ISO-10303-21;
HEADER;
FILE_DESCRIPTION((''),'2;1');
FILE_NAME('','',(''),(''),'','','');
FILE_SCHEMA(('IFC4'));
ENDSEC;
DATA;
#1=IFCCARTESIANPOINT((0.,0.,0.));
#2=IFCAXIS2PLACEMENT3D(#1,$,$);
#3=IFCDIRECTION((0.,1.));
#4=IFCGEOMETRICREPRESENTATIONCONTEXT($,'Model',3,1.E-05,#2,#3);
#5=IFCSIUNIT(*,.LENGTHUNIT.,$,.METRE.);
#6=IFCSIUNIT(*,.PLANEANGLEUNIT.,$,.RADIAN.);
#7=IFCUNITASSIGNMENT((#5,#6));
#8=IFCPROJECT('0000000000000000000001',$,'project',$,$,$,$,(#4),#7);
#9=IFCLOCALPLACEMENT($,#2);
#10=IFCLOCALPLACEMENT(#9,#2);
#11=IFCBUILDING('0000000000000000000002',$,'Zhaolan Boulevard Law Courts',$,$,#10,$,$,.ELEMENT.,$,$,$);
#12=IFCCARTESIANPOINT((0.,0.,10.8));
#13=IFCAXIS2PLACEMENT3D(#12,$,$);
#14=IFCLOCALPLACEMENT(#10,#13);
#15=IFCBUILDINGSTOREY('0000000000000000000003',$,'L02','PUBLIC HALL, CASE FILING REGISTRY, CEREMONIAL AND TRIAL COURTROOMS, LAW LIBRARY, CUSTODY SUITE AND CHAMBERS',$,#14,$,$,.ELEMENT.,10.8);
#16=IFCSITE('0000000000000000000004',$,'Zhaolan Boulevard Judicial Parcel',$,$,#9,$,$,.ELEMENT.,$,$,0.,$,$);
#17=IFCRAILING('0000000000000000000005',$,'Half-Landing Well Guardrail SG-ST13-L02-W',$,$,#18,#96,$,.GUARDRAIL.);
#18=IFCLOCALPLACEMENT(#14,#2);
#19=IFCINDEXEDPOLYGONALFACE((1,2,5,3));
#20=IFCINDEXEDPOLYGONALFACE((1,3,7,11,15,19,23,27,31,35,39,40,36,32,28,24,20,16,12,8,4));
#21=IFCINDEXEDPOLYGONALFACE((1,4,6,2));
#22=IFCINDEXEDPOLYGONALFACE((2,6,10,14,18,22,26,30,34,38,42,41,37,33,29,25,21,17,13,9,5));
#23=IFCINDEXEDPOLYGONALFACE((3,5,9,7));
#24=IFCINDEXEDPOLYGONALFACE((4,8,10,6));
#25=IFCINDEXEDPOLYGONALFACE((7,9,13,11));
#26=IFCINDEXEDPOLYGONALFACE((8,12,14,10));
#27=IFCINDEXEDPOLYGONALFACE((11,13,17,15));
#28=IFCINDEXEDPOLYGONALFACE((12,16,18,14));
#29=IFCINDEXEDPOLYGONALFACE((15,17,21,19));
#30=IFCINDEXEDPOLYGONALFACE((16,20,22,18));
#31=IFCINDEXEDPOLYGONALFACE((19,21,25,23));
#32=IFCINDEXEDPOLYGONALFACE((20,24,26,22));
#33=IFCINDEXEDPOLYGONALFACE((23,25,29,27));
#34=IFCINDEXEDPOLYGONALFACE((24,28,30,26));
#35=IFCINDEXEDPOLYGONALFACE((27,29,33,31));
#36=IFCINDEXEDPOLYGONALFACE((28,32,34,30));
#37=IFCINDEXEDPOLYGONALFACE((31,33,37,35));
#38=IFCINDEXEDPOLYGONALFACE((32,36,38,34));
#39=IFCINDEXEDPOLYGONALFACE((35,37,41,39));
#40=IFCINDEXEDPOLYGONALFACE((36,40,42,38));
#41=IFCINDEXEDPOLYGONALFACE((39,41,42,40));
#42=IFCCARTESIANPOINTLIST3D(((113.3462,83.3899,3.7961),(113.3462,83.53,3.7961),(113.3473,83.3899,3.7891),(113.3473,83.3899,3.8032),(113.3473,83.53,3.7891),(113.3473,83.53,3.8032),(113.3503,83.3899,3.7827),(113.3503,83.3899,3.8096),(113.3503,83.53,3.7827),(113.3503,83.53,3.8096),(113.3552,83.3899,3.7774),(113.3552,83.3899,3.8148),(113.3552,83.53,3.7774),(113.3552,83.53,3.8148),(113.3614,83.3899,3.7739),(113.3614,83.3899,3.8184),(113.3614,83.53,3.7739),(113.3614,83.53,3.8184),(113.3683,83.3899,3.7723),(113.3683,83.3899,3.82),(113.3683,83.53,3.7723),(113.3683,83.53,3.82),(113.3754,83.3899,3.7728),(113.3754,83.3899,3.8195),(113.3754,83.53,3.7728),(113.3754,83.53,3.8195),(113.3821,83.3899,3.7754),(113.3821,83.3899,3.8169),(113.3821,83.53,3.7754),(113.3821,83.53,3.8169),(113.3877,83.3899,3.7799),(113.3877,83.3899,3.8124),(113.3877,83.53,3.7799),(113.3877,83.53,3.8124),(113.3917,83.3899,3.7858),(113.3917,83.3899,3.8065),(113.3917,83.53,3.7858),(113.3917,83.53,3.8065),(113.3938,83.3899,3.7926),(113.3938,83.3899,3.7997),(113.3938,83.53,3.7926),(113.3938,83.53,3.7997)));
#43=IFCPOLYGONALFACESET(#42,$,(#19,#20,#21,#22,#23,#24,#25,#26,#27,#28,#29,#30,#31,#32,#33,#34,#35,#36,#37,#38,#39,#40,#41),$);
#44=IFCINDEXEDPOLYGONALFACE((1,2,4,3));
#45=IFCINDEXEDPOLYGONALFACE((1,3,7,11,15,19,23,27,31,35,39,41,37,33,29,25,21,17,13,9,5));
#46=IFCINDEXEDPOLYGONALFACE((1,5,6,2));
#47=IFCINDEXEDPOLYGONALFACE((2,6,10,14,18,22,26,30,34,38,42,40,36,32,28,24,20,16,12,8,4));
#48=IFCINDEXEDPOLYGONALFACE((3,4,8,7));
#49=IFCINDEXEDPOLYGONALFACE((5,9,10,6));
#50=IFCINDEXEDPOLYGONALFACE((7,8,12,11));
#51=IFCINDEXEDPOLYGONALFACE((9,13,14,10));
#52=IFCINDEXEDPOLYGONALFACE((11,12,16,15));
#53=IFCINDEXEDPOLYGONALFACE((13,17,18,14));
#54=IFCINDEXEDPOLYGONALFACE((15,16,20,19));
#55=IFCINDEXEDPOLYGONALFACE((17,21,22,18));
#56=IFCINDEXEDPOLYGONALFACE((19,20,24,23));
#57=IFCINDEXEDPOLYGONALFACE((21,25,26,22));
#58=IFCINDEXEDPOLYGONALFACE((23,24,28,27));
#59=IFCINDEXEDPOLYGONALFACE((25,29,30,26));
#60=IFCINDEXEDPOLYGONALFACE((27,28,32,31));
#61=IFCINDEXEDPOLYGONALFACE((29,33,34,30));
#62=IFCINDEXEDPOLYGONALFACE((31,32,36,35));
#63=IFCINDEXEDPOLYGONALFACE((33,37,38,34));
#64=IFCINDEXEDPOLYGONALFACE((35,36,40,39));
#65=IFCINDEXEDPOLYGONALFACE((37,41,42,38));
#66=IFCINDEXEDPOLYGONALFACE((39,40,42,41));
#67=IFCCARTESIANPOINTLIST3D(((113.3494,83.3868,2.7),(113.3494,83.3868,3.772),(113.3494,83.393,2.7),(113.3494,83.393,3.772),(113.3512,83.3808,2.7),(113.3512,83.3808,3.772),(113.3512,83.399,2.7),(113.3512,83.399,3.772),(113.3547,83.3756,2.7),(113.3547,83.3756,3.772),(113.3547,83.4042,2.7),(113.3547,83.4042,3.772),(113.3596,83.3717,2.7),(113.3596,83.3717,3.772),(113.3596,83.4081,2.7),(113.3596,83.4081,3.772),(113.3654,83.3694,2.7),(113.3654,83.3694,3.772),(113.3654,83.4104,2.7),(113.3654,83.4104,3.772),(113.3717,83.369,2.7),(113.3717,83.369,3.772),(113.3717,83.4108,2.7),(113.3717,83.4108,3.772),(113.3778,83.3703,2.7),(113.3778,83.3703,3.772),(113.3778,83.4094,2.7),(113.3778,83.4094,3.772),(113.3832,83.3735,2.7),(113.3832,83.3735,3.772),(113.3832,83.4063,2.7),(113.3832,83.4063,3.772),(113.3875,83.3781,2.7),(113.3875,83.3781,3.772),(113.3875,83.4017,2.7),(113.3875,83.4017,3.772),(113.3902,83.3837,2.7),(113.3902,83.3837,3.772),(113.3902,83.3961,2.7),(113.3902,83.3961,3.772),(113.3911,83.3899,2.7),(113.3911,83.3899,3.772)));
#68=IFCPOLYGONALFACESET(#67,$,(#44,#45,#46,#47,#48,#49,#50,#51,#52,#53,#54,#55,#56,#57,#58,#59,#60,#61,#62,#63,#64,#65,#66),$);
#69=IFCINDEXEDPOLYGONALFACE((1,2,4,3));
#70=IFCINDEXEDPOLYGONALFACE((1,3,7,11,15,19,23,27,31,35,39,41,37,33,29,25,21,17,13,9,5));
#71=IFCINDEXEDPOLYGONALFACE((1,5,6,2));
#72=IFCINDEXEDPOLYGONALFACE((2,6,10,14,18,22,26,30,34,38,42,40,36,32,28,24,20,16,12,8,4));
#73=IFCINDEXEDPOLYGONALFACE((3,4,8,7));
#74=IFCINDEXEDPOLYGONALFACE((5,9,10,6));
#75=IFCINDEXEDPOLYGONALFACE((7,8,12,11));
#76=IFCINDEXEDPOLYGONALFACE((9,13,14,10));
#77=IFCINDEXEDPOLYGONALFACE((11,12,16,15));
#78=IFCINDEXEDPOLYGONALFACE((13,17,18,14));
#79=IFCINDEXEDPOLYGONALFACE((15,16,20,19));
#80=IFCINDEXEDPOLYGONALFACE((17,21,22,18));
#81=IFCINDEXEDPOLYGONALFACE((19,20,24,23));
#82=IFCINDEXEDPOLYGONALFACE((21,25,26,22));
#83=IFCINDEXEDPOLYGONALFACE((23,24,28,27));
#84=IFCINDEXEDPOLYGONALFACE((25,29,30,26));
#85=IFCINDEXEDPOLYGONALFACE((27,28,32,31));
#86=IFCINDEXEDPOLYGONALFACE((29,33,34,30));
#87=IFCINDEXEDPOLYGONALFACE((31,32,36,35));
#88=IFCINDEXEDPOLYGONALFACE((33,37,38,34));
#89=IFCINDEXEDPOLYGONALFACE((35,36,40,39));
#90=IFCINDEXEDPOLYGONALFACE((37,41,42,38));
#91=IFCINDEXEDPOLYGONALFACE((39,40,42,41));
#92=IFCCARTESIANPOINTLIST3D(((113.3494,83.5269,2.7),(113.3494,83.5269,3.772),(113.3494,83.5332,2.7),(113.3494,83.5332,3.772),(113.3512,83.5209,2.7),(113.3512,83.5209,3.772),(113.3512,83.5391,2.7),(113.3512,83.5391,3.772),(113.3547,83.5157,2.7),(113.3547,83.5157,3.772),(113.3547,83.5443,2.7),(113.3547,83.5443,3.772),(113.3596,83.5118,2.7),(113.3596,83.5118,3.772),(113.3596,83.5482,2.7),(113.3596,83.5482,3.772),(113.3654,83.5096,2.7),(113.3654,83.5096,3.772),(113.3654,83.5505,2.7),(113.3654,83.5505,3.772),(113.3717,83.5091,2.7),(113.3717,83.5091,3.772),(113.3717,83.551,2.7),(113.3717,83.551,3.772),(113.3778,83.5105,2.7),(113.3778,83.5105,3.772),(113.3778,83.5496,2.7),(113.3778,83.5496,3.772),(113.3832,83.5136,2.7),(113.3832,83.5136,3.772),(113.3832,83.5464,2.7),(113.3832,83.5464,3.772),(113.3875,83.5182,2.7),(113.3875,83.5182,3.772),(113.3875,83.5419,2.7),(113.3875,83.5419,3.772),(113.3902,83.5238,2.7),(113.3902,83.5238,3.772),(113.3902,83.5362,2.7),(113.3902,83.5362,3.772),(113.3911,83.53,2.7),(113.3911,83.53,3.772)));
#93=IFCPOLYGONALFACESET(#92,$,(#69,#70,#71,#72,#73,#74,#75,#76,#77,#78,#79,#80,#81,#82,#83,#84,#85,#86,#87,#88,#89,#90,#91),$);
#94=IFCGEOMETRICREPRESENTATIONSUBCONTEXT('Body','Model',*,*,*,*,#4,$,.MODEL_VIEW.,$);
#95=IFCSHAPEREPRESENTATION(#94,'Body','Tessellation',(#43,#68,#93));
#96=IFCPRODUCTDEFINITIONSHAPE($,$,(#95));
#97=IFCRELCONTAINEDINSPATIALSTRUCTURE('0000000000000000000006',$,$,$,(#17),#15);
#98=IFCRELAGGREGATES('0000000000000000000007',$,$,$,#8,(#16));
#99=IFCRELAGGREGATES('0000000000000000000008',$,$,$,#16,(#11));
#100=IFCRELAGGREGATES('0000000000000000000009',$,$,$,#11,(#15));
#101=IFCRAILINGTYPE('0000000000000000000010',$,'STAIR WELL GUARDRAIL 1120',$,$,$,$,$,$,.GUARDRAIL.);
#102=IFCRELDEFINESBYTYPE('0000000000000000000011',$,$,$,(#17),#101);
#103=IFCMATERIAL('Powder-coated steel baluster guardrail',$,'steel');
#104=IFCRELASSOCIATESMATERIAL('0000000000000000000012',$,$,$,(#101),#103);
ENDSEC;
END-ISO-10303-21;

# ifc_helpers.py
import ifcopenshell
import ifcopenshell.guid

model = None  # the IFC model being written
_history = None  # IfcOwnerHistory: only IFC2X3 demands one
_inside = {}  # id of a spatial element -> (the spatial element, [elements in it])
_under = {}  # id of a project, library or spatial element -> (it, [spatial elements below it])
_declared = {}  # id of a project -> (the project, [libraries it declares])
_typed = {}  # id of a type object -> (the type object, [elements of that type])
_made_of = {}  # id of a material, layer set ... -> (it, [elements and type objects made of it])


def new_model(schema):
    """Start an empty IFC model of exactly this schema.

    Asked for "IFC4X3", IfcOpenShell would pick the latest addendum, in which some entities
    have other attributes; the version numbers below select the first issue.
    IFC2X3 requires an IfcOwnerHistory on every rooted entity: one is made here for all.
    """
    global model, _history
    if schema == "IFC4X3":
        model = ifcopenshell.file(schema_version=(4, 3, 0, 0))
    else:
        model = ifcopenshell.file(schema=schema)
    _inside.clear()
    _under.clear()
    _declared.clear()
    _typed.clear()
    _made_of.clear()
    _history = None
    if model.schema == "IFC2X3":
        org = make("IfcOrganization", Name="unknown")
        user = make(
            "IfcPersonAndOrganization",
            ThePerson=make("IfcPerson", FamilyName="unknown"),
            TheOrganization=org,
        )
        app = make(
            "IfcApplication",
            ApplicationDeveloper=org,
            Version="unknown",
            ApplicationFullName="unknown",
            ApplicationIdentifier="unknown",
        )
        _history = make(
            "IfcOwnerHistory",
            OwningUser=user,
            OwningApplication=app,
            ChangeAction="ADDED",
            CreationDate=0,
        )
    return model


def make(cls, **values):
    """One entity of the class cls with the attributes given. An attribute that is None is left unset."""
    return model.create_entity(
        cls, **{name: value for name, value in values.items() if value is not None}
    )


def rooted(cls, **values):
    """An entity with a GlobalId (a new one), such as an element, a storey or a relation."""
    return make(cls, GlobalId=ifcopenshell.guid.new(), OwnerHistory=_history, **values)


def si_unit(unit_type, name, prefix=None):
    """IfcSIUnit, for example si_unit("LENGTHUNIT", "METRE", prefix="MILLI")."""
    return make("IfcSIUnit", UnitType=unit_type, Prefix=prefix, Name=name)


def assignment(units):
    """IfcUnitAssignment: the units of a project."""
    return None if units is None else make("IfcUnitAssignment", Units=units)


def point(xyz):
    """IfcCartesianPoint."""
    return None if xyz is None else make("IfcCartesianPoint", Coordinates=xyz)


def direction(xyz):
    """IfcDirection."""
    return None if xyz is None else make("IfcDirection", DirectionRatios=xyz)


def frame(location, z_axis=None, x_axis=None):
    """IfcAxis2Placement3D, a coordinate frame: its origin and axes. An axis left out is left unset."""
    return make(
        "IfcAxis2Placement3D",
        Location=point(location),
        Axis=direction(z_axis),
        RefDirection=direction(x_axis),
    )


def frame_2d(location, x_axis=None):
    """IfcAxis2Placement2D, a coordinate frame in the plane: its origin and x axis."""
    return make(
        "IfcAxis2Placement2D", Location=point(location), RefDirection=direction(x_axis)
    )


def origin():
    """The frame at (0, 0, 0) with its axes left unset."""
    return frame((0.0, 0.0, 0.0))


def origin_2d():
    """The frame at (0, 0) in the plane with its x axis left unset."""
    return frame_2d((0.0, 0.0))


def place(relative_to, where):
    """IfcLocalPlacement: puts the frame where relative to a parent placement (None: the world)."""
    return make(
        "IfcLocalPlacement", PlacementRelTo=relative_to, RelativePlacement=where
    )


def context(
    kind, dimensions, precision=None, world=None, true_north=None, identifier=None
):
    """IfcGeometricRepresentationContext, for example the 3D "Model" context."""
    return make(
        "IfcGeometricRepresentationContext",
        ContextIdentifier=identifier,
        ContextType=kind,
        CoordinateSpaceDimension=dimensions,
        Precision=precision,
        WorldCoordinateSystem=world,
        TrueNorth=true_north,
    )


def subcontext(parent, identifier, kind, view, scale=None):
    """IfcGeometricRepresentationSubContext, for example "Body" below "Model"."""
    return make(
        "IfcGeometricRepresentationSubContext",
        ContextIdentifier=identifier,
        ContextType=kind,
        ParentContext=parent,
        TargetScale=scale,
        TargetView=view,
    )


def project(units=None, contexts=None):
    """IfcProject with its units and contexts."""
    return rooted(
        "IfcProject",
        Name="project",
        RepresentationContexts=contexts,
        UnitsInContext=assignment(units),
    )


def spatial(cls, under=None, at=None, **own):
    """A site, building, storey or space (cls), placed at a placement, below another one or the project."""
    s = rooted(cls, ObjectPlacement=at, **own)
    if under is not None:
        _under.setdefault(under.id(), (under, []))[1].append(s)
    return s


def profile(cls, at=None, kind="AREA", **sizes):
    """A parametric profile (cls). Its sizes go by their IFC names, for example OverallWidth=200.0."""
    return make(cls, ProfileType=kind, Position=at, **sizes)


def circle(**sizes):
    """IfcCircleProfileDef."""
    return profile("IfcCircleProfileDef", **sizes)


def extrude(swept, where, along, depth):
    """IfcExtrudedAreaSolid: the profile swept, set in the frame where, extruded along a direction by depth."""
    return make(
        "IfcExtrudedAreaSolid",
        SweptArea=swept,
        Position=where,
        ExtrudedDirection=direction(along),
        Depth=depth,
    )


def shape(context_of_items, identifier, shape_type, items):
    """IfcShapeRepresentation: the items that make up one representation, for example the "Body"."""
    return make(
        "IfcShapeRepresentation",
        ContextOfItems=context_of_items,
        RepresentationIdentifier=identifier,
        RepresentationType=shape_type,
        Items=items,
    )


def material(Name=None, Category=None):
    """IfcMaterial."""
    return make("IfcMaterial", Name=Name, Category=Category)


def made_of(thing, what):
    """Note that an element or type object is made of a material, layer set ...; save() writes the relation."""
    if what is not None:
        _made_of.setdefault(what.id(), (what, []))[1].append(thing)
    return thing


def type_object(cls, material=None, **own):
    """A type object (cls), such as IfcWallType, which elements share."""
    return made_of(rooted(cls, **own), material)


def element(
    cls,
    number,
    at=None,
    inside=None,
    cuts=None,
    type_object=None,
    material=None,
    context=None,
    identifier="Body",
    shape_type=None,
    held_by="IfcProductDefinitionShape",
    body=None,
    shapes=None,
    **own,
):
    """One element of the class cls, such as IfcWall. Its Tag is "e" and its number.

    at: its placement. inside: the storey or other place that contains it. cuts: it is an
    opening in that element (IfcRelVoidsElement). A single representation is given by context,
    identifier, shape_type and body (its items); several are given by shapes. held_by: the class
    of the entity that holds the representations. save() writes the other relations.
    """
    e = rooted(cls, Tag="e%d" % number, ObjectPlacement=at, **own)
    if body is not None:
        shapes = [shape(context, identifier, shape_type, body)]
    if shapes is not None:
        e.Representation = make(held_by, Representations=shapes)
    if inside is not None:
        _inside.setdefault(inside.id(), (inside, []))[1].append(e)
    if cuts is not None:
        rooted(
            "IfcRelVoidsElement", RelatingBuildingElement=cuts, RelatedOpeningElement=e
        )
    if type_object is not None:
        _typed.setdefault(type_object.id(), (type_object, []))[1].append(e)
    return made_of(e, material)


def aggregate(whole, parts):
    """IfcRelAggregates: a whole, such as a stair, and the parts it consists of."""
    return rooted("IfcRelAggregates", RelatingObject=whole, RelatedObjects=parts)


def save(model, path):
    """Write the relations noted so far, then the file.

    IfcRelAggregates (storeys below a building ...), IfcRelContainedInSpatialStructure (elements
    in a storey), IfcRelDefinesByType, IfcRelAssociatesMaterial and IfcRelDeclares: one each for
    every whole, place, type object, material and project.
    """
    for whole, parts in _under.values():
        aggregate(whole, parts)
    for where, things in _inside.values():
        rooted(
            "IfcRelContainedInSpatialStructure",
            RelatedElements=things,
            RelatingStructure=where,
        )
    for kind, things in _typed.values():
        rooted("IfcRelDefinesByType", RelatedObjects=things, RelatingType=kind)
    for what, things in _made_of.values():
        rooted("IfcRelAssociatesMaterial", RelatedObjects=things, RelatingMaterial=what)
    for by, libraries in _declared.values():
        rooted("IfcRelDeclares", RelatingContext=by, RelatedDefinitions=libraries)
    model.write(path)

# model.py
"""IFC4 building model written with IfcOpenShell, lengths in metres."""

from ifc_helpers import new_model, si_unit, direction, frame, origin, origin_2d, place, context, subcontext, project, spatial, circle, extrude, material, type_object, element, save


model = new_model("IFC4")

# Units and contexts
model_context = context("Model", 3, precision=1e-05, world=origin(), true_north=direction((0.0, 1.0)))
body_context = subcontext(model_context, "Body", "Model", "MODEL_VIEW")
ifc_project = project(units=[si_unit("LENGTHUNIT", "METRE"), si_unit("PLANEANGLEUNIT", "RADIAN")], contexts=[model_context])

# Site, building, storey
site_placement = place(None, origin())
site = spatial("IfcSite", under=ifc_project, at=site_placement, Name="Zhaolan Boulevard Judicial Parcel", CompositionType="ELEMENT", RefElevation=0.0)
building_placement = place(site_placement, origin())
building = spatial("IfcBuilding", under=site, at=building_placement, Name="Zhaolan Boulevard Law Courts", CompositionType="ELEMENT")
storey_placement = place(building_placement, frame((0.0, 0.0, 10.8)))
storey = spatial("IfcBuildingStorey", under=building, at=storey_placement, Name="L02", Description="PUBLIC HALL, CASE FILING REGISTRY, CEREMONIAL AND TRIAL COURTROOMS, LAW LIBRARY, CUSTODY SUITE AND CHAMBERS", CompositionType="ELEMENT", Elevation=10.8)

# Railing
ifc_material_1 = material(Name="Powder-coated steel baluster guardrail", Category="steel")
railing_type_1 = type_object("IfcRailingType", Name="STAIR WELL GUARDRAIL 1120", PredefinedType="GUARDRAIL", material=ifc_material_1)
railing_1_placement = place(storey_placement, frame((113.3701, 83.3899, 2.7)))
element("IfcRailing", 1, at=railing_1_placement, inside=storey, type_object=railing_type_1, Name="Half-Landing Well Guardrail SG-ST13-L02-W", PredefinedType="GUARDRAIL", context=body_context, shape_type="SweptSolid", body=[
    extrude(circle(Radius=0.0239, at=origin_2d()), frame((0.0, 0.0, 1.0962), z_axis=(0.0, 1.0, 0.0), x_axis=(-1.0, 0.0, 0.0)), (0.0, 0.0, 1.0), 0.1401),
    extrude(circle(Radius=0.021, at=origin_2d()), origin(), (0.0, 0.0, 1.0), 1.072),
    extrude(circle(Radius=0.021, at=origin_2d()), frame((0.0, 0.1401, 0.0)), (0.0, 0.0, 1.0), 1.072),
])

save(model, "model.ifc")
